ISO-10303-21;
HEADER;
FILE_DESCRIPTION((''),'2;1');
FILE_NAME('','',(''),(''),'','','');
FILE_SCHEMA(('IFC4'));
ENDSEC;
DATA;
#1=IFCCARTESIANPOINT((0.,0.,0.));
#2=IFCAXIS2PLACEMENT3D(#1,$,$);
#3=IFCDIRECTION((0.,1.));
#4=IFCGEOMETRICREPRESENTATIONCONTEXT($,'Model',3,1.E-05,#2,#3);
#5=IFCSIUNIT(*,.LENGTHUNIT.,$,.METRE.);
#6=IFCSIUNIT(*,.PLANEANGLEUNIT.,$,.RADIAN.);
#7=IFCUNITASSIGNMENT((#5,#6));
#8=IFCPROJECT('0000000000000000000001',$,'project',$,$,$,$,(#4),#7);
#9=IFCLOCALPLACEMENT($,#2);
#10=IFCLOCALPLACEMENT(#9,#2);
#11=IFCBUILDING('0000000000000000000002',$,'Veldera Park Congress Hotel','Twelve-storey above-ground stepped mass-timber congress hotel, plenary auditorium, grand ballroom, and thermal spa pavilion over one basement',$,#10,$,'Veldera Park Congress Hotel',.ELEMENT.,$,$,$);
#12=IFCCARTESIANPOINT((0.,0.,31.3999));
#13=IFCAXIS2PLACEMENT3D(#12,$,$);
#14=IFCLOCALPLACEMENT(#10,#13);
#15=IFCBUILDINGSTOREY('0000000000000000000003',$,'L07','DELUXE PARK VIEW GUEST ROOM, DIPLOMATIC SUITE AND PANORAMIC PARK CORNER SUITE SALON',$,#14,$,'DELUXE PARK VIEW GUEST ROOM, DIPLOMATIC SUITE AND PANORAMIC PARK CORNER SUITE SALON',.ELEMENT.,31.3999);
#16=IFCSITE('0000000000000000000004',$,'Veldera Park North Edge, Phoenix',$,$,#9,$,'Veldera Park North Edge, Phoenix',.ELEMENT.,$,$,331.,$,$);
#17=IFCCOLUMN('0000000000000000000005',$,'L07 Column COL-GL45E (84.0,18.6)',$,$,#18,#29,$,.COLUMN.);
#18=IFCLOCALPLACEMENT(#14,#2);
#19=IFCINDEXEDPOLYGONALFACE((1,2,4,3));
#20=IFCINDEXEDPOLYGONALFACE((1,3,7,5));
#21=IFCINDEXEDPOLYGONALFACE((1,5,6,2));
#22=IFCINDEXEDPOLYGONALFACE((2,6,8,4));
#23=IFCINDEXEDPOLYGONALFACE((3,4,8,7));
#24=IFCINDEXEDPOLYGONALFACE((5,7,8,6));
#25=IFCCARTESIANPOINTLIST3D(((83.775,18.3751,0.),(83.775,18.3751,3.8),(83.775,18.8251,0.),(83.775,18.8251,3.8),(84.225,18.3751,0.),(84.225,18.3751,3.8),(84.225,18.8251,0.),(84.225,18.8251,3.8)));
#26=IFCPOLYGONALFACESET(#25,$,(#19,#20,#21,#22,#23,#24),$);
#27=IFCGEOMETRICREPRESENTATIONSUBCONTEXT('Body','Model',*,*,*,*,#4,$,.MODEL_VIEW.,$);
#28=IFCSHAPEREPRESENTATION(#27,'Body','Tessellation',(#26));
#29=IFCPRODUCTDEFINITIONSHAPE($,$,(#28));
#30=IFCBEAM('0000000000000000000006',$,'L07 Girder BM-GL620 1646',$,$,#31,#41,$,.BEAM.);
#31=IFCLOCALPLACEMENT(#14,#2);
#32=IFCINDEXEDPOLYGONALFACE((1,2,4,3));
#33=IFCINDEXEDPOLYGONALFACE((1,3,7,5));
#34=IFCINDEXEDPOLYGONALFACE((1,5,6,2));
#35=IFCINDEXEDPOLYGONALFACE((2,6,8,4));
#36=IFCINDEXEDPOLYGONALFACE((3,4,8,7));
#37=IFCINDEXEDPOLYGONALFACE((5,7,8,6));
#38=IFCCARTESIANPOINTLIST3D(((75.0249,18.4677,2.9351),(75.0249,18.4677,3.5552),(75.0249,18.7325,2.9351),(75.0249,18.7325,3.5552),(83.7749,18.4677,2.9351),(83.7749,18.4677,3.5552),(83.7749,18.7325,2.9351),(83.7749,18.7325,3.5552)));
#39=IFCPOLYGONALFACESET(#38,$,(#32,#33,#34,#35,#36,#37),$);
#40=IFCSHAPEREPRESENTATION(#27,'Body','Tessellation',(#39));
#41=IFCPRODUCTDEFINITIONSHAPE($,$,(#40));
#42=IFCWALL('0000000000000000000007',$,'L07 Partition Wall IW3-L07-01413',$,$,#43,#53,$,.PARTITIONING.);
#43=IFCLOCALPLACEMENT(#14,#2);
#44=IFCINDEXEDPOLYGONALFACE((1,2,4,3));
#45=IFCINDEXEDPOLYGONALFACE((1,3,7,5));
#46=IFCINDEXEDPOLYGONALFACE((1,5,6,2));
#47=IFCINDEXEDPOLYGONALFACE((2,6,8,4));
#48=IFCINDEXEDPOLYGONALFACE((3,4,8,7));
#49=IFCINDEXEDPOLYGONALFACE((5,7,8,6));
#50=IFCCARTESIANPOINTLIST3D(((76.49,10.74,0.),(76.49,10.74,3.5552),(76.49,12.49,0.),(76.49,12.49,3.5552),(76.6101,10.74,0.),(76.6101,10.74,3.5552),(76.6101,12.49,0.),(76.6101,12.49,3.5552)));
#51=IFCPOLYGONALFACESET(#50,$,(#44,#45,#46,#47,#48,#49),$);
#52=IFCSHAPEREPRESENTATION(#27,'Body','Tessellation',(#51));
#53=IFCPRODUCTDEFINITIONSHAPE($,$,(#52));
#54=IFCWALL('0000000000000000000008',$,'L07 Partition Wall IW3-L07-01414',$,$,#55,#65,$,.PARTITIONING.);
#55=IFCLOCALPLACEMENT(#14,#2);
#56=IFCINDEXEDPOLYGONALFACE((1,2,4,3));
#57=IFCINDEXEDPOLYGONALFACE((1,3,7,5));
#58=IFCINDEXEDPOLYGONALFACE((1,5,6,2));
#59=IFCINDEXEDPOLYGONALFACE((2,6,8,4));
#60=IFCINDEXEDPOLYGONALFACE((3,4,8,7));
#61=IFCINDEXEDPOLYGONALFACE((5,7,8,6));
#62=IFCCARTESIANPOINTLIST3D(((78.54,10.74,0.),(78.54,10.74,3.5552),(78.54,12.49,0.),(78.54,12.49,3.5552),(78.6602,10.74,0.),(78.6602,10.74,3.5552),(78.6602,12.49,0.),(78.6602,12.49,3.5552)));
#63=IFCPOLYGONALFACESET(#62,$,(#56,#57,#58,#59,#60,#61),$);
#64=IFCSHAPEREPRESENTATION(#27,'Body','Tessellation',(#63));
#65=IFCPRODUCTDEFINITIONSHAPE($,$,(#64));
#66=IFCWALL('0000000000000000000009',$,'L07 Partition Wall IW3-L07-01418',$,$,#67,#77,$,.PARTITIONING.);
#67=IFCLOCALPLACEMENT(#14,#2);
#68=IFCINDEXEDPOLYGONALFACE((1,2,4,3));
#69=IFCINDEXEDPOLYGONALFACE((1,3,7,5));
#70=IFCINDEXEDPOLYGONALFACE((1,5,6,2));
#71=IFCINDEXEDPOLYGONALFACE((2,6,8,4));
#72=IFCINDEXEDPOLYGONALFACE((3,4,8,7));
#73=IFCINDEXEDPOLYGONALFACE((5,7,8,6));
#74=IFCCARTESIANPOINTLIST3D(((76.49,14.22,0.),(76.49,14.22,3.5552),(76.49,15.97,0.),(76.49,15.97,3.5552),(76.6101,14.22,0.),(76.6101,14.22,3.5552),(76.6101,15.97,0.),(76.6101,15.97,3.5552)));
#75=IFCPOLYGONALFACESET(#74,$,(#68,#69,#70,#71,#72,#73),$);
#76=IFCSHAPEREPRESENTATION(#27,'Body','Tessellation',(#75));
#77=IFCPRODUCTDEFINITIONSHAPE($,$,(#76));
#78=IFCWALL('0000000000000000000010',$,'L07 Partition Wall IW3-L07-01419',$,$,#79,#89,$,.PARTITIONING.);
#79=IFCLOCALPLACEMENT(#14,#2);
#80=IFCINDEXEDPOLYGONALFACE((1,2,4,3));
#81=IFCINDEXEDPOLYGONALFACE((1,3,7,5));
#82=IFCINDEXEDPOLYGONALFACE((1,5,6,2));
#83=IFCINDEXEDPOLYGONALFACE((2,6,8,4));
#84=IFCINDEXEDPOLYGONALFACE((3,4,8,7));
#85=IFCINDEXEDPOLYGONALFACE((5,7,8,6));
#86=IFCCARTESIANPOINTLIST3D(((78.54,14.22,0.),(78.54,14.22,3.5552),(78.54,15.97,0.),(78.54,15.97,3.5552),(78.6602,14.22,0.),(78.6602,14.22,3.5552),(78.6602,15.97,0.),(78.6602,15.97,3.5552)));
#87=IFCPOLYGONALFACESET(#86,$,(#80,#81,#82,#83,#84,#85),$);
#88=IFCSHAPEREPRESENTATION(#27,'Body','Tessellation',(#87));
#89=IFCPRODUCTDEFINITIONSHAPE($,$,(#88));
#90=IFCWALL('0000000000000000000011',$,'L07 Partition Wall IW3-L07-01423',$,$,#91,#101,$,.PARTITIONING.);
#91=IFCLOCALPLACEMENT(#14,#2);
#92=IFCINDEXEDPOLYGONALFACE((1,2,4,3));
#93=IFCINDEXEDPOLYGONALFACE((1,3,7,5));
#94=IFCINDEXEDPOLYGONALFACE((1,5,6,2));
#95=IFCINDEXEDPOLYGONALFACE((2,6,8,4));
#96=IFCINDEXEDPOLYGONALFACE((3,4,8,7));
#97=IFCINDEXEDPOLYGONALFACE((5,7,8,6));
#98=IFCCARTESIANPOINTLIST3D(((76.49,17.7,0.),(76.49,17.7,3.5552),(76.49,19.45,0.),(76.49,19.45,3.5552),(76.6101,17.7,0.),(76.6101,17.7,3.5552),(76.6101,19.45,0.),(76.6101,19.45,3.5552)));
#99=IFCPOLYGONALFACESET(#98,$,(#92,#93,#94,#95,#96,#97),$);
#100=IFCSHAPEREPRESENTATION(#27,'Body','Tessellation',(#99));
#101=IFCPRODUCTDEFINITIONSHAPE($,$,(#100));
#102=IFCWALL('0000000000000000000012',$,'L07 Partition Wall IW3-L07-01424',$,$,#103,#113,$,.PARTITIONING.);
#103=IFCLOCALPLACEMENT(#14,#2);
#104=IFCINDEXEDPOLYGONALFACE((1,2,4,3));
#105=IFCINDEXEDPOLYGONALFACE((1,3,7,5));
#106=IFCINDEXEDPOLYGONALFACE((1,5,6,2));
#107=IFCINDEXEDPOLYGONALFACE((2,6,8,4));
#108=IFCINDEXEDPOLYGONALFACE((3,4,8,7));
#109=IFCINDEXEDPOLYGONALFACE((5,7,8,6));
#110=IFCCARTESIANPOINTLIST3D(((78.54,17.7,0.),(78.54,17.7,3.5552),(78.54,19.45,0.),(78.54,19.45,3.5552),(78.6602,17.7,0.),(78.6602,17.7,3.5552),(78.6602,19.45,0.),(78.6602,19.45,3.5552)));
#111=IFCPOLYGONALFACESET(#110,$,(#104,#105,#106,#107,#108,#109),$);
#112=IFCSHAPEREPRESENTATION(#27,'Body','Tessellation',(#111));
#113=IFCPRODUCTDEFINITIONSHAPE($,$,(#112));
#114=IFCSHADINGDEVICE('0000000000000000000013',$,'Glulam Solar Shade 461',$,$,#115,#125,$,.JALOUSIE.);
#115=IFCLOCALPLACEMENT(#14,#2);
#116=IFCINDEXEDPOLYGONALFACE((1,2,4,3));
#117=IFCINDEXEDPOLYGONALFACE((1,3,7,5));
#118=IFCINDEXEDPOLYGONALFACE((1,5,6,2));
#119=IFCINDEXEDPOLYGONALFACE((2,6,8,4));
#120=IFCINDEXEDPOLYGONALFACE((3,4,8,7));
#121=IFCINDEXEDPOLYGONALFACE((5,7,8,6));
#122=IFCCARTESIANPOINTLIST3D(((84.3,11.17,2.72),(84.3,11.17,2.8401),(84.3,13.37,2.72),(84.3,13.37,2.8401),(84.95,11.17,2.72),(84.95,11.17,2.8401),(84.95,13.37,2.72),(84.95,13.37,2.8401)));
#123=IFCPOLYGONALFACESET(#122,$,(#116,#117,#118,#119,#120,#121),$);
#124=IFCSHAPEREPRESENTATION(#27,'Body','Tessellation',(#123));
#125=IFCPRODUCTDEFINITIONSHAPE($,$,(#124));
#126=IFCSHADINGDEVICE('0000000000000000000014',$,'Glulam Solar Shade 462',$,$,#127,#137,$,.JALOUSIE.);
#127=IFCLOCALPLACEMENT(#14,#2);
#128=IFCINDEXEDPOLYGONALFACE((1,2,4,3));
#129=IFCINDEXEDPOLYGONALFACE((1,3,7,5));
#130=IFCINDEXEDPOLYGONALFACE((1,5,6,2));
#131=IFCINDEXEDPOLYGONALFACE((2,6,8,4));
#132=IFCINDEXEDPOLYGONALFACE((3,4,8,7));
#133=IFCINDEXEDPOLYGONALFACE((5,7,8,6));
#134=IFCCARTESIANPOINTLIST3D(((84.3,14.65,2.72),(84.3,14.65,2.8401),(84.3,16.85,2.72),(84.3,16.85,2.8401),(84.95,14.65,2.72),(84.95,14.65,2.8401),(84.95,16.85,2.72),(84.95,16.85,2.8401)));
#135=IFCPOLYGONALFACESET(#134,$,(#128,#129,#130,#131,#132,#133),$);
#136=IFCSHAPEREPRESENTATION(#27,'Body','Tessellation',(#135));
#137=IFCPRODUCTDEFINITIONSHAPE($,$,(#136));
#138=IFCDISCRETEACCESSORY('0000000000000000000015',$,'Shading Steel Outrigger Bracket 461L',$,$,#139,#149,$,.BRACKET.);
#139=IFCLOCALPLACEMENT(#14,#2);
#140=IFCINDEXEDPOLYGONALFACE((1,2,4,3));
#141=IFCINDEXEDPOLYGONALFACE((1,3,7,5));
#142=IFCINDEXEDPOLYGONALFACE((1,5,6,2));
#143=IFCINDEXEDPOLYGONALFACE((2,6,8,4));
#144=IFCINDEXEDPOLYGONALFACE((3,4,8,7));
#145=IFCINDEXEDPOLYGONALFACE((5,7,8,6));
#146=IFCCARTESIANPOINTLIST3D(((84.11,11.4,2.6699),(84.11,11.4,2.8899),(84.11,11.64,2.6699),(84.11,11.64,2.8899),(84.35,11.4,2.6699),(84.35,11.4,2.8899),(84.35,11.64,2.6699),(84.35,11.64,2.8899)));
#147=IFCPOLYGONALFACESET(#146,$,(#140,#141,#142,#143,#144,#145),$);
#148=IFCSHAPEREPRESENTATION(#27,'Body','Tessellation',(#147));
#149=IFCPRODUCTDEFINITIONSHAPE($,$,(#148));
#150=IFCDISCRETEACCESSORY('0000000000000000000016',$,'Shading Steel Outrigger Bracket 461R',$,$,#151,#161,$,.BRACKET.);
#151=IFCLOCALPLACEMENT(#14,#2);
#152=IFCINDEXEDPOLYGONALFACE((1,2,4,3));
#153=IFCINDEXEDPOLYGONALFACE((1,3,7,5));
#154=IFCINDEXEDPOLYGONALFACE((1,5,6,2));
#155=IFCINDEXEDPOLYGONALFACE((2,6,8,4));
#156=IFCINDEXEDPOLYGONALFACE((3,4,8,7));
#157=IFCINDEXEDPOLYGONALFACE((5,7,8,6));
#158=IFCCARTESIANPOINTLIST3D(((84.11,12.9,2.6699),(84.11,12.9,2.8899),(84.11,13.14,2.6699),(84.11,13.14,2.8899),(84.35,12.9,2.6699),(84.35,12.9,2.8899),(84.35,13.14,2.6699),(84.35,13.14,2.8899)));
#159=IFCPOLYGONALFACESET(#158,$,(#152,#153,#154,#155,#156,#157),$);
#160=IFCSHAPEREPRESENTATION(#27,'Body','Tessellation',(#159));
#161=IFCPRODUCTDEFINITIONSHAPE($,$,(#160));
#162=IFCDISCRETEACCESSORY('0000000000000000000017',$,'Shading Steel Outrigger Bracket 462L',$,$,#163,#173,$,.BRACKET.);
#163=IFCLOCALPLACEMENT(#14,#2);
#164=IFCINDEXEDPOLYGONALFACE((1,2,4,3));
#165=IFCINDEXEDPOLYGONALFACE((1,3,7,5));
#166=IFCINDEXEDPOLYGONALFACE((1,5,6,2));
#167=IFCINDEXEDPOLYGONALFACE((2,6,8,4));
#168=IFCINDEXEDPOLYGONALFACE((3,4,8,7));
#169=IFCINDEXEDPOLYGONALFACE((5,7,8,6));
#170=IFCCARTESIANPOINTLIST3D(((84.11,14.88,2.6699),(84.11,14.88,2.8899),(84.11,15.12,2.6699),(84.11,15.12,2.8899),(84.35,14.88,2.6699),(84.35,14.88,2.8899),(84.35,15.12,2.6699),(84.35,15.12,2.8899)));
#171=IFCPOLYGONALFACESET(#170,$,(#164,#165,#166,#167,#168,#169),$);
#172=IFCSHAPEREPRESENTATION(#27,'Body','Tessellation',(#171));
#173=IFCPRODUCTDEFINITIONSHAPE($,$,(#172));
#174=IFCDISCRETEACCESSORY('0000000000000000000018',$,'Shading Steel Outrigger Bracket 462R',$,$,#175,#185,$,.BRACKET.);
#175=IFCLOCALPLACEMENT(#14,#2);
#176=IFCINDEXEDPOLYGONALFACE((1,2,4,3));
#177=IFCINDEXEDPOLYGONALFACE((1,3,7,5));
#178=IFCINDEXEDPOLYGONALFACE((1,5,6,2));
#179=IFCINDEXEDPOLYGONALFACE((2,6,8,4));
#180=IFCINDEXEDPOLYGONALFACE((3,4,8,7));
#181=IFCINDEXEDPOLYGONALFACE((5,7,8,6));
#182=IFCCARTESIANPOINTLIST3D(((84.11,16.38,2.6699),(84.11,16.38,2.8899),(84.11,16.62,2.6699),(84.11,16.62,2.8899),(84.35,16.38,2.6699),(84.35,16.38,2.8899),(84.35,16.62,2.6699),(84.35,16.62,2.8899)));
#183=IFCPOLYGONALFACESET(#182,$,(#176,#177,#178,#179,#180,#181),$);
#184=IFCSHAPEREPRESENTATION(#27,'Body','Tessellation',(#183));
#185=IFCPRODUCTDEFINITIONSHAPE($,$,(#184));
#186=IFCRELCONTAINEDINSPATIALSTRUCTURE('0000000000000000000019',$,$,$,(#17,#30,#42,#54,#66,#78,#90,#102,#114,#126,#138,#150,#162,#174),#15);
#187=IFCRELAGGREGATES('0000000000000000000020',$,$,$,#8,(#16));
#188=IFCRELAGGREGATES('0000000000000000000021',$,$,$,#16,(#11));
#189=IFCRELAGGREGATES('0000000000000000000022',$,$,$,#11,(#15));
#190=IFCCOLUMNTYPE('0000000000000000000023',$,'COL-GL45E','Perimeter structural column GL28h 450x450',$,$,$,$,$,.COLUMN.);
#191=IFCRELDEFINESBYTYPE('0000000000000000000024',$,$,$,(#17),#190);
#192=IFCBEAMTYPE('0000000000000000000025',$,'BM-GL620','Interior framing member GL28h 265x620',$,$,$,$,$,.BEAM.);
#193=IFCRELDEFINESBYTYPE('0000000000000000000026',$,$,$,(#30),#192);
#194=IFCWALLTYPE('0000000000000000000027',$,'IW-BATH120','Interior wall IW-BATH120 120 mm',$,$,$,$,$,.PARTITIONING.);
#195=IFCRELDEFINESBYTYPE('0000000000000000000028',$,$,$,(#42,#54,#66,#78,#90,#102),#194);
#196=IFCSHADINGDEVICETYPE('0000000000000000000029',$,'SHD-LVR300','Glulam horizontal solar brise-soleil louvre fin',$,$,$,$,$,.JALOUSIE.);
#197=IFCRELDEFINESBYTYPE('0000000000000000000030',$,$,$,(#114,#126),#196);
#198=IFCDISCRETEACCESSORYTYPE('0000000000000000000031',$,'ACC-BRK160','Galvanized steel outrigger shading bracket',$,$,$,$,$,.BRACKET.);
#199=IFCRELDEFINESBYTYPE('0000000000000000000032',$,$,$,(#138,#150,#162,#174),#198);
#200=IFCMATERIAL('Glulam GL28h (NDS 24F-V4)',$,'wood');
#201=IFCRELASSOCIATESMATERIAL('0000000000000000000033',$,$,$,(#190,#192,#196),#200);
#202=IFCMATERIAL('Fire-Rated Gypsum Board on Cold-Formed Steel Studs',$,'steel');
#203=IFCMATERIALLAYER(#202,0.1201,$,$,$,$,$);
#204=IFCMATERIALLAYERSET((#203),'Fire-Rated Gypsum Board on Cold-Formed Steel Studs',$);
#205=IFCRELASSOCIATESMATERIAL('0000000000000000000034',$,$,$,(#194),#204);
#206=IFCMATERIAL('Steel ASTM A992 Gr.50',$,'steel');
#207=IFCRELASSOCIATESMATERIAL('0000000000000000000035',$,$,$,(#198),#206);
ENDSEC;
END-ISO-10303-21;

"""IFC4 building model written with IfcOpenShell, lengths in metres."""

from ifc_helpers import new_model, si_unit, direction, frame, frame_2d, origin, origin_2d, place, context, subcontext, project, spatial, rectangle, extrude, material, layer, layer_set, material_profile, profile_set, type_object, element, save


model = new_model("IFC4")

# Units and contexts
model_context = context("Model", 3, precision=1e-05, world=origin(), true_north=direction((0.0, 1.0)))
body_context = subcontext(model_context, "Body", "Model", "MODEL_VIEW")
ifc_project = project(units=[si_unit("LENGTHUNIT", "METRE"), si_unit("PLANEANGLEUNIT", "RADIAN")], contexts=[model_context])

# Site, building, storey
site_placement = place(None, origin())
site = spatial("IfcSite", under=ifc_project, at=site_placement, Name="Veldera Park North Edge, Phoenix", LongName="Veldera Park North Edge, Phoenix", CompositionType="ELEMENT", RefElevation=331.0)
building_placement = place(site_placement, origin())
building = spatial("IfcBuilding", under=site, at=building_placement, Name="Veldera Park Congress Hotel", Description="Twelve-storey above-ground stepped mass-timber congress hotel, plenary auditorium, grand ballroom, and thermal spa pavilion over one basement", LongName="Veldera Park Congress Hotel", CompositionType="ELEMENT")
storey_placement = place(building_placement, frame((0.0, 0.0, 31.3999)))
storey = spatial("IfcBuildingStorey", under=building, at=storey_placement, Name="L07", Description="DELUXE PARK VIEW GUEST ROOM, DIPLOMATIC SUITE AND PANORAMIC PARK CORNER SUITE SALON", LongName="DELUXE PARK VIEW GUEST ROOM, DIPLOMATIC SUITE AND PANORAMIC PARK CORNER SUITE SALON", CompositionType="ELEMENT", Elevation=31.3999)

# Column
ifc_material_1 = material(Name="Glulam GL28h (NDS 24F-V4)", Category="wood")
ifc_material_profile_1 = material_profile(ifc_material_1, rectangle(XDim=0.45, YDim=0.45, at=origin_2d()), Name="GL28h 450x450")
ifc_profile_set_1 = profile_set([ifc_material_profile_1], Name="Glulam GL28h (NDS 24F-V4)")
column_type = type_object("IfcColumnType", Name="COL-GL45E", Description="Perimeter structural column GL28h 450x450", PredefinedType="COLUMN", material=ifc_profile_set_1)
column_placement = place(storey_placement, frame((84.0, 18.6001, 0.0), z_axis=(0.0, 0.0, 1.0), x_axis=(1.0, 0.0, 0.0)))
element("IfcColumn", 1, at=column_placement, inside=storey, type_object=column_type, Name="L07 Column COL-GL45E (84.0,18.6)", PredefinedType="COLUMN", context=body_context, shape_type="SweptSolid", body=[
    extrude(rectangle(XDim=0.45, YDim=0.45, at=origin_2d()), origin(), (0.0, 0.0, 1.0), 3.8),
])

# Beam
ifc_material_profile_2 = material_profile(ifc_material_1, rectangle(XDim=0.2649, YDim=0.6201, at=origin_2d()), Name="GL28h 265x620")
ifc_profile_set_2 = profile_set([ifc_material_profile_2], Name="Glulam GL28h (NDS 24F-V4)")
beam_type = type_object("IfcBeamType", Name="BM-GL620", Description="Interior framing member GL28h 265x620", PredefinedType="BEAM", material=ifc_profile_set_2)
beam_placement = place(storey_placement, frame((75.0249, 18.6001, 3.2451), z_axis=(1.0, 0.0, 0.0), x_axis=(0.0, 1.0, 0.0)))
element("IfcBeam", 2, at=beam_placement, inside=storey, type_object=beam_type, Name="L07 Girder BM-GL620 1646", PredefinedType="BEAM", context=body_context, shape_type="SweptSolid", body=[
    extrude(rectangle(XDim=0.2649, YDim=0.6201, at=origin_2d()), origin(), (0.0, 0.0, 1.0), 8.75),
])

# Walls
ifc_material_2 = material(Name="Fire-Rated Gypsum Board on Cold-Formed Steel Studs", Category="steel")
ifc_layer = layer(ifc_material_2, 0.1201)
ifc_layer_set = layer_set([ifc_layer], Name="Fire-Rated Gypsum Board on Cold-Formed Steel Studs")
wall_type = type_object("IfcWallType", Name="IW-BATH120", Description="Interior wall IW-BATH120 120 mm", PredefinedType="PARTITIONING", material=ifc_layer_set)
for number, where, z_axis, x_axis, name in (
    (3, (76.55, 10.74, 0.0), (0.0, 0.0, 1.0), (0.0, 1.0, 0.0), "L07 Partition Wall IW3-L07-01413"),
    (4, (78.6001, 10.74, 0.0), (0.0, 0.0, 1.0), (0.0, 1.0, 0.0), "L07 Partition Wall IW3-L07-01414"),
):
    element("IfcWall", number, at=place(storey_placement, frame(where, z_axis=z_axis, x_axis=x_axis)), inside=storey, type_object=wall_type, Name=name, PredefinedType="PARTITIONING", context=body_context, shape_type="SweptSolid", body=[
        extrude(rectangle(XDim=1.75, YDim=0.1201, at=frame_2d((0.875, 0.0))), origin(), (0.0, 0.0, 1.0), 3.5552),
    ])

# Walls
for number, where, z_axis, x_axis, name in (
    (5, (76.55, 14.22, 0.0), (0.0, 0.0, 1.0), (0.0, 1.0, 0.0), "L07 Partition Wall IW3-L07-01418"),
    (6, (78.6001, 14.22, 0.0), (0.0, 0.0, 1.0), (0.0, 1.0, 0.0), "L07 Partition Wall IW3-L07-01419"),
):
    element("IfcWall", number, at=place(storey_placement, frame(where, z_axis=z_axis, x_axis=x_axis)), inside=storey, type_object=wall_type, Name=name, PredefinedType="PARTITIONING", context=body_context, shape_type="SweptSolid", body=[
        extrude(rectangle(XDim=1.75, YDim=0.1201, at=frame_2d((0.875, 0.0))), origin(), (0.0, 0.0, 1.0), 3.5552),
    ])

# Walls
for number, where, z_axis, x_axis, name in (
    (7, (76.55, 17.7, 0.0), (0.0, 0.0, 1.0), (0.0, 1.0, 0.0), "L07 Partition Wall IW3-L07-01423"),
    (8, (78.6001, 17.7, 0.0), (0.0, 0.0, 1.0), (0.0, 1.0, 0.0), "L07 Partition Wall IW3-L07-01424"),
):
    element("IfcWall", number, at=place(storey_placement, frame(where, z_axis=z_axis, x_axis=x_axis)), inside=storey, type_object=wall_type, Name=name, PredefinedType="PARTITIONING", context=body_context, shape_type="SweptSolid", body=[
        extrude(rectangle(XDim=1.75, YDim=0.1201, at=frame_2d((0.875, 0.0))), origin(), (0.0, 0.0, 1.0), 3.5552),
    ])

# Shading devices
shading_device_type = type_object("IfcShadingDeviceType", Name="SHD-LVR300", Description="Glulam horizontal solar brise-soleil louvre fin", PredefinedType="JALOUSIE", material=ifc_material_1)
for number, where, z_axis, x_axis, name in (
    (9, (84.625, 12.27, 2.72), (0.0, 0.0, 1.0), (0.0, 1.0, 0.0), "Glulam Solar Shade 461"),
    (10, (84.625, 15.75, 2.72), (0.0, 0.0, 1.0), (0.0, 1.0, 0.0), "Glulam Solar Shade 462"),
):
    element("IfcShadingDevice", number, at=place(storey_placement, frame(where, z_axis=z_axis, x_axis=x_axis)), inside=storey, type_object=shading_device_type, Name=name, PredefinedType="JALOUSIE", context=body_context, shape_type="SweptSolid", body=[
        extrude(rectangle(XDim=2.2, YDim=0.6499, at=origin_2d()), origin(), (0.0, 0.0, 1.0), 0.1201),
    ])

# Discrete accessories
ifc_material_3 = material(Name="Steel ASTM A992 Gr.50", Category="steel")
discrete_accessory_type = type_object("IfcDiscreteAccessoryType", Name="ACC-BRK160", Description="Galvanized steel outrigger shading bracket", PredefinedType="BRACKET", material=ifc_material_3)
for number, where, z_axis, x_axis, name in (
    (11, (84.23, 11.52, 2.6699), (0.0, 0.0, 1.0), (0.0, 1.0, 0.0), "Shading Steel Outrigger Bracket 461L"),
    (12, (84.23, 13.02, 2.6699), (0.0, 0.0, 1.0), (0.0, 1.0, 0.0), "Shading Steel Outrigger Bracket 461R"),
    (13, (84.23, 15.0, 2.6699), (0.0, 0.0, 1.0), (0.0, 1.0, 0.0), "Shading Steel Outrigger Bracket 462L"),
    (14, (84.23, 16.5, 2.6699), (0.0, 0.0, 1.0), (0.0, 1.0, 0.0), "Shading Steel Outrigger Bracket 462R"),
):
    element("IfcDiscreteAccessory", number, at=place(storey_placement, frame(where, z_axis=z_axis, x_axis=x_axis)), inside=storey, type_object=discrete_accessory_type, Name=name, PredefinedType="BRACKET", context=body_context, shape_type="SweptSolid", body=[
        extrude(rectangle(XDim=0.24, YDim=0.24, at=origin_2d()), origin(), (0.0, 0.0, 1.0), 0.22),
    ])

save(model, "model.ifc")
